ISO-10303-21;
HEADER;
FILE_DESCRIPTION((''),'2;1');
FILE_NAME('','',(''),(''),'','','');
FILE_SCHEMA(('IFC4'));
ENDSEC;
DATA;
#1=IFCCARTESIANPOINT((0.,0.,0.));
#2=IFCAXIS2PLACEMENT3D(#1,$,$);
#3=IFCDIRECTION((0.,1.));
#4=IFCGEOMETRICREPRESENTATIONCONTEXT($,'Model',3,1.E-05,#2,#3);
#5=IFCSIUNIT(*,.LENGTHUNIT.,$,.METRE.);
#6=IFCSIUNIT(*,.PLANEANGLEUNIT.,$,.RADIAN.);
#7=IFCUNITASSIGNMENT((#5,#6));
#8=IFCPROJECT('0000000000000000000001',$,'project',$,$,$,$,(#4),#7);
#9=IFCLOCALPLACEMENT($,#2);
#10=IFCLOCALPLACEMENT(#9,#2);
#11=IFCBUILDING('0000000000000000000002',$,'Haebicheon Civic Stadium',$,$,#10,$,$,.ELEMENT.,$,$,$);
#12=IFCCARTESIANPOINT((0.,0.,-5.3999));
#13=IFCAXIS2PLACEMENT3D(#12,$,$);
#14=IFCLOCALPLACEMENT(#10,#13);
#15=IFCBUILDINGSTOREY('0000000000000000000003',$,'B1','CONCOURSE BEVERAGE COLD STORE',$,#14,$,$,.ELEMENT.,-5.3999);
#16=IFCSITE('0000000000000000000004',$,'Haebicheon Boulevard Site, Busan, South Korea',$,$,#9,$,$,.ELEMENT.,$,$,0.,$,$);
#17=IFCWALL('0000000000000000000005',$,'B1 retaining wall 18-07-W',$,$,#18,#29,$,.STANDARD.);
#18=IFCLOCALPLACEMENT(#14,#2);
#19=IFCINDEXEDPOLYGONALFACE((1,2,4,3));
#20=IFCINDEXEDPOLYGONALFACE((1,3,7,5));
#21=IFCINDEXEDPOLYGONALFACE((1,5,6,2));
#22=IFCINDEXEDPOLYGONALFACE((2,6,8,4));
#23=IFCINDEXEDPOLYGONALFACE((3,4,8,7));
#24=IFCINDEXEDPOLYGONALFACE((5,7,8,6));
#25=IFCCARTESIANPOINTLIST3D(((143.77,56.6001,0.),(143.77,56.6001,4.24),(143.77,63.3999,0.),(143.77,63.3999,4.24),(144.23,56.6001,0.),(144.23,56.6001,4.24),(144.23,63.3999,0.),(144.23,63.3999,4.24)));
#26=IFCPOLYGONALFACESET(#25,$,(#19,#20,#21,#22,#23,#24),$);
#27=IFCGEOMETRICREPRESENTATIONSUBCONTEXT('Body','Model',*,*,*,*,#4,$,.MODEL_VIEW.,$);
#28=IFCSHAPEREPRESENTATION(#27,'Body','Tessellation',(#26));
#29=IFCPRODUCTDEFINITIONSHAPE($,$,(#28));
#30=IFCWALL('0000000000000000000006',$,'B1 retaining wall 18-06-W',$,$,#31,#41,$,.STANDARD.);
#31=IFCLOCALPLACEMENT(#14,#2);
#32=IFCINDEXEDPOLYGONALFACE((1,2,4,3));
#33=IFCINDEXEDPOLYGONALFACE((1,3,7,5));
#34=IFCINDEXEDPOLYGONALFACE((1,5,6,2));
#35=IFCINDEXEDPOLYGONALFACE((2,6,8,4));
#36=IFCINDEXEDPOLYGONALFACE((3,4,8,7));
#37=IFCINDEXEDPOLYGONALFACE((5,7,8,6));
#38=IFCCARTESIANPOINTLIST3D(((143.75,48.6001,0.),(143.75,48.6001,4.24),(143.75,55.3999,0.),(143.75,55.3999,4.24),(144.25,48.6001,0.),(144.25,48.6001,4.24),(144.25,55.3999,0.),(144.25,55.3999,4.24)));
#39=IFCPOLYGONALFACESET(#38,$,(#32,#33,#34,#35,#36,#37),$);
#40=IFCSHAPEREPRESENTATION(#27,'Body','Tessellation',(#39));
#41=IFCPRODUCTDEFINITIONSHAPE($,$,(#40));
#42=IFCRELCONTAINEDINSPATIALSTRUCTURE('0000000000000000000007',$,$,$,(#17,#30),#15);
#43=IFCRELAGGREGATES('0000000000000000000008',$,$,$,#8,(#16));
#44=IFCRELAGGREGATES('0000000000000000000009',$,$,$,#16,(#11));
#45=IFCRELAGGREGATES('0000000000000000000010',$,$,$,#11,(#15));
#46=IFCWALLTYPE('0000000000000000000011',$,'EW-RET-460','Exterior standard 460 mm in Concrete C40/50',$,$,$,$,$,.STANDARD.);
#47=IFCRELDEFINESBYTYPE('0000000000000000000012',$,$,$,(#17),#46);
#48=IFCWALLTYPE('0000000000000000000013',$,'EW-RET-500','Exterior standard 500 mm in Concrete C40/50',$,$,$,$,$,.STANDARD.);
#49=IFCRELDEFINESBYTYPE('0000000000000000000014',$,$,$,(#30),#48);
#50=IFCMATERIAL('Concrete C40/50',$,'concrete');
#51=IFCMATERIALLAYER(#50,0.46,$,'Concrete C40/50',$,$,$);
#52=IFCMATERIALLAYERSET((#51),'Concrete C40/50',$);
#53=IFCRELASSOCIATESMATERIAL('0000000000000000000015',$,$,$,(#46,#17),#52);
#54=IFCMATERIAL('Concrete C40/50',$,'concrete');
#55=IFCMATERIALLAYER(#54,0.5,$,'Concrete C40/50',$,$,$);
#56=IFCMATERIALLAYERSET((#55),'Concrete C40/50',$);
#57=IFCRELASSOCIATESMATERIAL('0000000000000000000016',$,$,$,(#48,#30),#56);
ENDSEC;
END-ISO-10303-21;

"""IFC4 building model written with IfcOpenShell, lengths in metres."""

from ifc_helpers import new_model, si_unit, direction, frame, frame_2d, origin, place, context, subcontext, project, spatial, rectangle, extrude, material, layer, layer_set, type_object, element, save


model = new_model("IFC4")

# Units and contexts
model_context = context("Model", 3, precision=1e-05, world=origin(), true_north=direction((0.0, 1.0)))
body_context = subcontext(model_context, "Body", "Model", "MODEL_VIEW")
ifc_project = project(units=[si_unit("LENGTHUNIT", "METRE"), si_unit("PLANEANGLEUNIT", "RADIAN")], contexts=[model_context])

# Site, building, storey
site_placement = place(None, origin())
site = spatial("IfcSite", under=ifc_project, at=site_placement, Name="Haebicheon Boulevard Site, Busan, South Korea", CompositionType="ELEMENT", RefElevation=0.0)
building_placement = place(site_placement, origin())
building = spatial("IfcBuilding", under=site, at=building_placement, Name="Haebicheon Civic Stadium", CompositionType="ELEMENT")
storey_placement = place(building_placement, frame((0.0, 0.0, -5.3999)))
storey = spatial("IfcBuildingStorey", under=building, at=storey_placement, Name="B1", Description="CONCOURSE BEVERAGE COLD STORE", CompositionType="ELEMENT", Elevation=-5.3999)

# Walls
ifc_material_1 = material(Name="Concrete C40/50", Category="concrete")
ifc_layer_1 = layer(ifc_material_1, 0.46, Name="Concrete C40/50")
ifc_layer_set_1 = layer_set([ifc_layer_1], Name="Concrete C40/50")
wall_type_1 = type_object("IfcWallType", Name="EW-RET-460", Description="Exterior standard 460 mm in Concrete C40/50", PredefinedType="STANDARD", material=ifc_layer_set_1)
wall_1_placement = place(storey_placement, frame((144.0, 56.6001, 0.0), z_axis=(0.0, 0.0, 1.0), x_axis=(0.0, 1.0, 0.0)))
element("IfcWall", 1, at=wall_1_placement, inside=storey, type_object=wall_type_1, material=ifc_layer_set_1, Name="B1 retaining wall 18-07-W", PredefinedType="STANDARD", context=body_context, shape_type="SweptSolid", body=[
    extrude(rectangle(XDim=6.7998, YDim=0.46, at=frame_2d((3.3999, 0.0))), origin(), (0.0, 0.0, 1.0), 4.24),
])
ifc_material_2 = material(Name="Concrete C40/50", Category="concrete")
ifc_layer_2 = layer(ifc_material_2, 0.5, Name="Concrete C40/50")
ifc_layer_set_2 = layer_set([ifc_layer_2], Name="Concrete C40/50")
wall_type_2 = type_object("IfcWallType", Name="EW-RET-500", Description="Exterior standard 500 mm in Concrete C40/50", PredefinedType="STANDARD", material=ifc_layer_set_2)
wall_2_placement = place(storey_placement, frame((144.0, 48.6001, 0.0), z_axis=(0.0, 0.0, 1.0), x_axis=(0.0, 1.0, 0.0)))
element("IfcWall", 2, at=wall_2_placement, inside=storey, type_object=wall_type_2, material=ifc_layer_set_2, Name="B1 retaining wall 18-06-W", PredefinedType="STANDARD", context=body_context, shape_type="SweptSolid", body=[
    extrude(rectangle(XDim=6.7998, YDim=0.5, at=frame_2d((3.3999, 0.0))), origin(), (0.0, 0.0, 1.0), 4.24),
])

save(model, "model.ifc")
